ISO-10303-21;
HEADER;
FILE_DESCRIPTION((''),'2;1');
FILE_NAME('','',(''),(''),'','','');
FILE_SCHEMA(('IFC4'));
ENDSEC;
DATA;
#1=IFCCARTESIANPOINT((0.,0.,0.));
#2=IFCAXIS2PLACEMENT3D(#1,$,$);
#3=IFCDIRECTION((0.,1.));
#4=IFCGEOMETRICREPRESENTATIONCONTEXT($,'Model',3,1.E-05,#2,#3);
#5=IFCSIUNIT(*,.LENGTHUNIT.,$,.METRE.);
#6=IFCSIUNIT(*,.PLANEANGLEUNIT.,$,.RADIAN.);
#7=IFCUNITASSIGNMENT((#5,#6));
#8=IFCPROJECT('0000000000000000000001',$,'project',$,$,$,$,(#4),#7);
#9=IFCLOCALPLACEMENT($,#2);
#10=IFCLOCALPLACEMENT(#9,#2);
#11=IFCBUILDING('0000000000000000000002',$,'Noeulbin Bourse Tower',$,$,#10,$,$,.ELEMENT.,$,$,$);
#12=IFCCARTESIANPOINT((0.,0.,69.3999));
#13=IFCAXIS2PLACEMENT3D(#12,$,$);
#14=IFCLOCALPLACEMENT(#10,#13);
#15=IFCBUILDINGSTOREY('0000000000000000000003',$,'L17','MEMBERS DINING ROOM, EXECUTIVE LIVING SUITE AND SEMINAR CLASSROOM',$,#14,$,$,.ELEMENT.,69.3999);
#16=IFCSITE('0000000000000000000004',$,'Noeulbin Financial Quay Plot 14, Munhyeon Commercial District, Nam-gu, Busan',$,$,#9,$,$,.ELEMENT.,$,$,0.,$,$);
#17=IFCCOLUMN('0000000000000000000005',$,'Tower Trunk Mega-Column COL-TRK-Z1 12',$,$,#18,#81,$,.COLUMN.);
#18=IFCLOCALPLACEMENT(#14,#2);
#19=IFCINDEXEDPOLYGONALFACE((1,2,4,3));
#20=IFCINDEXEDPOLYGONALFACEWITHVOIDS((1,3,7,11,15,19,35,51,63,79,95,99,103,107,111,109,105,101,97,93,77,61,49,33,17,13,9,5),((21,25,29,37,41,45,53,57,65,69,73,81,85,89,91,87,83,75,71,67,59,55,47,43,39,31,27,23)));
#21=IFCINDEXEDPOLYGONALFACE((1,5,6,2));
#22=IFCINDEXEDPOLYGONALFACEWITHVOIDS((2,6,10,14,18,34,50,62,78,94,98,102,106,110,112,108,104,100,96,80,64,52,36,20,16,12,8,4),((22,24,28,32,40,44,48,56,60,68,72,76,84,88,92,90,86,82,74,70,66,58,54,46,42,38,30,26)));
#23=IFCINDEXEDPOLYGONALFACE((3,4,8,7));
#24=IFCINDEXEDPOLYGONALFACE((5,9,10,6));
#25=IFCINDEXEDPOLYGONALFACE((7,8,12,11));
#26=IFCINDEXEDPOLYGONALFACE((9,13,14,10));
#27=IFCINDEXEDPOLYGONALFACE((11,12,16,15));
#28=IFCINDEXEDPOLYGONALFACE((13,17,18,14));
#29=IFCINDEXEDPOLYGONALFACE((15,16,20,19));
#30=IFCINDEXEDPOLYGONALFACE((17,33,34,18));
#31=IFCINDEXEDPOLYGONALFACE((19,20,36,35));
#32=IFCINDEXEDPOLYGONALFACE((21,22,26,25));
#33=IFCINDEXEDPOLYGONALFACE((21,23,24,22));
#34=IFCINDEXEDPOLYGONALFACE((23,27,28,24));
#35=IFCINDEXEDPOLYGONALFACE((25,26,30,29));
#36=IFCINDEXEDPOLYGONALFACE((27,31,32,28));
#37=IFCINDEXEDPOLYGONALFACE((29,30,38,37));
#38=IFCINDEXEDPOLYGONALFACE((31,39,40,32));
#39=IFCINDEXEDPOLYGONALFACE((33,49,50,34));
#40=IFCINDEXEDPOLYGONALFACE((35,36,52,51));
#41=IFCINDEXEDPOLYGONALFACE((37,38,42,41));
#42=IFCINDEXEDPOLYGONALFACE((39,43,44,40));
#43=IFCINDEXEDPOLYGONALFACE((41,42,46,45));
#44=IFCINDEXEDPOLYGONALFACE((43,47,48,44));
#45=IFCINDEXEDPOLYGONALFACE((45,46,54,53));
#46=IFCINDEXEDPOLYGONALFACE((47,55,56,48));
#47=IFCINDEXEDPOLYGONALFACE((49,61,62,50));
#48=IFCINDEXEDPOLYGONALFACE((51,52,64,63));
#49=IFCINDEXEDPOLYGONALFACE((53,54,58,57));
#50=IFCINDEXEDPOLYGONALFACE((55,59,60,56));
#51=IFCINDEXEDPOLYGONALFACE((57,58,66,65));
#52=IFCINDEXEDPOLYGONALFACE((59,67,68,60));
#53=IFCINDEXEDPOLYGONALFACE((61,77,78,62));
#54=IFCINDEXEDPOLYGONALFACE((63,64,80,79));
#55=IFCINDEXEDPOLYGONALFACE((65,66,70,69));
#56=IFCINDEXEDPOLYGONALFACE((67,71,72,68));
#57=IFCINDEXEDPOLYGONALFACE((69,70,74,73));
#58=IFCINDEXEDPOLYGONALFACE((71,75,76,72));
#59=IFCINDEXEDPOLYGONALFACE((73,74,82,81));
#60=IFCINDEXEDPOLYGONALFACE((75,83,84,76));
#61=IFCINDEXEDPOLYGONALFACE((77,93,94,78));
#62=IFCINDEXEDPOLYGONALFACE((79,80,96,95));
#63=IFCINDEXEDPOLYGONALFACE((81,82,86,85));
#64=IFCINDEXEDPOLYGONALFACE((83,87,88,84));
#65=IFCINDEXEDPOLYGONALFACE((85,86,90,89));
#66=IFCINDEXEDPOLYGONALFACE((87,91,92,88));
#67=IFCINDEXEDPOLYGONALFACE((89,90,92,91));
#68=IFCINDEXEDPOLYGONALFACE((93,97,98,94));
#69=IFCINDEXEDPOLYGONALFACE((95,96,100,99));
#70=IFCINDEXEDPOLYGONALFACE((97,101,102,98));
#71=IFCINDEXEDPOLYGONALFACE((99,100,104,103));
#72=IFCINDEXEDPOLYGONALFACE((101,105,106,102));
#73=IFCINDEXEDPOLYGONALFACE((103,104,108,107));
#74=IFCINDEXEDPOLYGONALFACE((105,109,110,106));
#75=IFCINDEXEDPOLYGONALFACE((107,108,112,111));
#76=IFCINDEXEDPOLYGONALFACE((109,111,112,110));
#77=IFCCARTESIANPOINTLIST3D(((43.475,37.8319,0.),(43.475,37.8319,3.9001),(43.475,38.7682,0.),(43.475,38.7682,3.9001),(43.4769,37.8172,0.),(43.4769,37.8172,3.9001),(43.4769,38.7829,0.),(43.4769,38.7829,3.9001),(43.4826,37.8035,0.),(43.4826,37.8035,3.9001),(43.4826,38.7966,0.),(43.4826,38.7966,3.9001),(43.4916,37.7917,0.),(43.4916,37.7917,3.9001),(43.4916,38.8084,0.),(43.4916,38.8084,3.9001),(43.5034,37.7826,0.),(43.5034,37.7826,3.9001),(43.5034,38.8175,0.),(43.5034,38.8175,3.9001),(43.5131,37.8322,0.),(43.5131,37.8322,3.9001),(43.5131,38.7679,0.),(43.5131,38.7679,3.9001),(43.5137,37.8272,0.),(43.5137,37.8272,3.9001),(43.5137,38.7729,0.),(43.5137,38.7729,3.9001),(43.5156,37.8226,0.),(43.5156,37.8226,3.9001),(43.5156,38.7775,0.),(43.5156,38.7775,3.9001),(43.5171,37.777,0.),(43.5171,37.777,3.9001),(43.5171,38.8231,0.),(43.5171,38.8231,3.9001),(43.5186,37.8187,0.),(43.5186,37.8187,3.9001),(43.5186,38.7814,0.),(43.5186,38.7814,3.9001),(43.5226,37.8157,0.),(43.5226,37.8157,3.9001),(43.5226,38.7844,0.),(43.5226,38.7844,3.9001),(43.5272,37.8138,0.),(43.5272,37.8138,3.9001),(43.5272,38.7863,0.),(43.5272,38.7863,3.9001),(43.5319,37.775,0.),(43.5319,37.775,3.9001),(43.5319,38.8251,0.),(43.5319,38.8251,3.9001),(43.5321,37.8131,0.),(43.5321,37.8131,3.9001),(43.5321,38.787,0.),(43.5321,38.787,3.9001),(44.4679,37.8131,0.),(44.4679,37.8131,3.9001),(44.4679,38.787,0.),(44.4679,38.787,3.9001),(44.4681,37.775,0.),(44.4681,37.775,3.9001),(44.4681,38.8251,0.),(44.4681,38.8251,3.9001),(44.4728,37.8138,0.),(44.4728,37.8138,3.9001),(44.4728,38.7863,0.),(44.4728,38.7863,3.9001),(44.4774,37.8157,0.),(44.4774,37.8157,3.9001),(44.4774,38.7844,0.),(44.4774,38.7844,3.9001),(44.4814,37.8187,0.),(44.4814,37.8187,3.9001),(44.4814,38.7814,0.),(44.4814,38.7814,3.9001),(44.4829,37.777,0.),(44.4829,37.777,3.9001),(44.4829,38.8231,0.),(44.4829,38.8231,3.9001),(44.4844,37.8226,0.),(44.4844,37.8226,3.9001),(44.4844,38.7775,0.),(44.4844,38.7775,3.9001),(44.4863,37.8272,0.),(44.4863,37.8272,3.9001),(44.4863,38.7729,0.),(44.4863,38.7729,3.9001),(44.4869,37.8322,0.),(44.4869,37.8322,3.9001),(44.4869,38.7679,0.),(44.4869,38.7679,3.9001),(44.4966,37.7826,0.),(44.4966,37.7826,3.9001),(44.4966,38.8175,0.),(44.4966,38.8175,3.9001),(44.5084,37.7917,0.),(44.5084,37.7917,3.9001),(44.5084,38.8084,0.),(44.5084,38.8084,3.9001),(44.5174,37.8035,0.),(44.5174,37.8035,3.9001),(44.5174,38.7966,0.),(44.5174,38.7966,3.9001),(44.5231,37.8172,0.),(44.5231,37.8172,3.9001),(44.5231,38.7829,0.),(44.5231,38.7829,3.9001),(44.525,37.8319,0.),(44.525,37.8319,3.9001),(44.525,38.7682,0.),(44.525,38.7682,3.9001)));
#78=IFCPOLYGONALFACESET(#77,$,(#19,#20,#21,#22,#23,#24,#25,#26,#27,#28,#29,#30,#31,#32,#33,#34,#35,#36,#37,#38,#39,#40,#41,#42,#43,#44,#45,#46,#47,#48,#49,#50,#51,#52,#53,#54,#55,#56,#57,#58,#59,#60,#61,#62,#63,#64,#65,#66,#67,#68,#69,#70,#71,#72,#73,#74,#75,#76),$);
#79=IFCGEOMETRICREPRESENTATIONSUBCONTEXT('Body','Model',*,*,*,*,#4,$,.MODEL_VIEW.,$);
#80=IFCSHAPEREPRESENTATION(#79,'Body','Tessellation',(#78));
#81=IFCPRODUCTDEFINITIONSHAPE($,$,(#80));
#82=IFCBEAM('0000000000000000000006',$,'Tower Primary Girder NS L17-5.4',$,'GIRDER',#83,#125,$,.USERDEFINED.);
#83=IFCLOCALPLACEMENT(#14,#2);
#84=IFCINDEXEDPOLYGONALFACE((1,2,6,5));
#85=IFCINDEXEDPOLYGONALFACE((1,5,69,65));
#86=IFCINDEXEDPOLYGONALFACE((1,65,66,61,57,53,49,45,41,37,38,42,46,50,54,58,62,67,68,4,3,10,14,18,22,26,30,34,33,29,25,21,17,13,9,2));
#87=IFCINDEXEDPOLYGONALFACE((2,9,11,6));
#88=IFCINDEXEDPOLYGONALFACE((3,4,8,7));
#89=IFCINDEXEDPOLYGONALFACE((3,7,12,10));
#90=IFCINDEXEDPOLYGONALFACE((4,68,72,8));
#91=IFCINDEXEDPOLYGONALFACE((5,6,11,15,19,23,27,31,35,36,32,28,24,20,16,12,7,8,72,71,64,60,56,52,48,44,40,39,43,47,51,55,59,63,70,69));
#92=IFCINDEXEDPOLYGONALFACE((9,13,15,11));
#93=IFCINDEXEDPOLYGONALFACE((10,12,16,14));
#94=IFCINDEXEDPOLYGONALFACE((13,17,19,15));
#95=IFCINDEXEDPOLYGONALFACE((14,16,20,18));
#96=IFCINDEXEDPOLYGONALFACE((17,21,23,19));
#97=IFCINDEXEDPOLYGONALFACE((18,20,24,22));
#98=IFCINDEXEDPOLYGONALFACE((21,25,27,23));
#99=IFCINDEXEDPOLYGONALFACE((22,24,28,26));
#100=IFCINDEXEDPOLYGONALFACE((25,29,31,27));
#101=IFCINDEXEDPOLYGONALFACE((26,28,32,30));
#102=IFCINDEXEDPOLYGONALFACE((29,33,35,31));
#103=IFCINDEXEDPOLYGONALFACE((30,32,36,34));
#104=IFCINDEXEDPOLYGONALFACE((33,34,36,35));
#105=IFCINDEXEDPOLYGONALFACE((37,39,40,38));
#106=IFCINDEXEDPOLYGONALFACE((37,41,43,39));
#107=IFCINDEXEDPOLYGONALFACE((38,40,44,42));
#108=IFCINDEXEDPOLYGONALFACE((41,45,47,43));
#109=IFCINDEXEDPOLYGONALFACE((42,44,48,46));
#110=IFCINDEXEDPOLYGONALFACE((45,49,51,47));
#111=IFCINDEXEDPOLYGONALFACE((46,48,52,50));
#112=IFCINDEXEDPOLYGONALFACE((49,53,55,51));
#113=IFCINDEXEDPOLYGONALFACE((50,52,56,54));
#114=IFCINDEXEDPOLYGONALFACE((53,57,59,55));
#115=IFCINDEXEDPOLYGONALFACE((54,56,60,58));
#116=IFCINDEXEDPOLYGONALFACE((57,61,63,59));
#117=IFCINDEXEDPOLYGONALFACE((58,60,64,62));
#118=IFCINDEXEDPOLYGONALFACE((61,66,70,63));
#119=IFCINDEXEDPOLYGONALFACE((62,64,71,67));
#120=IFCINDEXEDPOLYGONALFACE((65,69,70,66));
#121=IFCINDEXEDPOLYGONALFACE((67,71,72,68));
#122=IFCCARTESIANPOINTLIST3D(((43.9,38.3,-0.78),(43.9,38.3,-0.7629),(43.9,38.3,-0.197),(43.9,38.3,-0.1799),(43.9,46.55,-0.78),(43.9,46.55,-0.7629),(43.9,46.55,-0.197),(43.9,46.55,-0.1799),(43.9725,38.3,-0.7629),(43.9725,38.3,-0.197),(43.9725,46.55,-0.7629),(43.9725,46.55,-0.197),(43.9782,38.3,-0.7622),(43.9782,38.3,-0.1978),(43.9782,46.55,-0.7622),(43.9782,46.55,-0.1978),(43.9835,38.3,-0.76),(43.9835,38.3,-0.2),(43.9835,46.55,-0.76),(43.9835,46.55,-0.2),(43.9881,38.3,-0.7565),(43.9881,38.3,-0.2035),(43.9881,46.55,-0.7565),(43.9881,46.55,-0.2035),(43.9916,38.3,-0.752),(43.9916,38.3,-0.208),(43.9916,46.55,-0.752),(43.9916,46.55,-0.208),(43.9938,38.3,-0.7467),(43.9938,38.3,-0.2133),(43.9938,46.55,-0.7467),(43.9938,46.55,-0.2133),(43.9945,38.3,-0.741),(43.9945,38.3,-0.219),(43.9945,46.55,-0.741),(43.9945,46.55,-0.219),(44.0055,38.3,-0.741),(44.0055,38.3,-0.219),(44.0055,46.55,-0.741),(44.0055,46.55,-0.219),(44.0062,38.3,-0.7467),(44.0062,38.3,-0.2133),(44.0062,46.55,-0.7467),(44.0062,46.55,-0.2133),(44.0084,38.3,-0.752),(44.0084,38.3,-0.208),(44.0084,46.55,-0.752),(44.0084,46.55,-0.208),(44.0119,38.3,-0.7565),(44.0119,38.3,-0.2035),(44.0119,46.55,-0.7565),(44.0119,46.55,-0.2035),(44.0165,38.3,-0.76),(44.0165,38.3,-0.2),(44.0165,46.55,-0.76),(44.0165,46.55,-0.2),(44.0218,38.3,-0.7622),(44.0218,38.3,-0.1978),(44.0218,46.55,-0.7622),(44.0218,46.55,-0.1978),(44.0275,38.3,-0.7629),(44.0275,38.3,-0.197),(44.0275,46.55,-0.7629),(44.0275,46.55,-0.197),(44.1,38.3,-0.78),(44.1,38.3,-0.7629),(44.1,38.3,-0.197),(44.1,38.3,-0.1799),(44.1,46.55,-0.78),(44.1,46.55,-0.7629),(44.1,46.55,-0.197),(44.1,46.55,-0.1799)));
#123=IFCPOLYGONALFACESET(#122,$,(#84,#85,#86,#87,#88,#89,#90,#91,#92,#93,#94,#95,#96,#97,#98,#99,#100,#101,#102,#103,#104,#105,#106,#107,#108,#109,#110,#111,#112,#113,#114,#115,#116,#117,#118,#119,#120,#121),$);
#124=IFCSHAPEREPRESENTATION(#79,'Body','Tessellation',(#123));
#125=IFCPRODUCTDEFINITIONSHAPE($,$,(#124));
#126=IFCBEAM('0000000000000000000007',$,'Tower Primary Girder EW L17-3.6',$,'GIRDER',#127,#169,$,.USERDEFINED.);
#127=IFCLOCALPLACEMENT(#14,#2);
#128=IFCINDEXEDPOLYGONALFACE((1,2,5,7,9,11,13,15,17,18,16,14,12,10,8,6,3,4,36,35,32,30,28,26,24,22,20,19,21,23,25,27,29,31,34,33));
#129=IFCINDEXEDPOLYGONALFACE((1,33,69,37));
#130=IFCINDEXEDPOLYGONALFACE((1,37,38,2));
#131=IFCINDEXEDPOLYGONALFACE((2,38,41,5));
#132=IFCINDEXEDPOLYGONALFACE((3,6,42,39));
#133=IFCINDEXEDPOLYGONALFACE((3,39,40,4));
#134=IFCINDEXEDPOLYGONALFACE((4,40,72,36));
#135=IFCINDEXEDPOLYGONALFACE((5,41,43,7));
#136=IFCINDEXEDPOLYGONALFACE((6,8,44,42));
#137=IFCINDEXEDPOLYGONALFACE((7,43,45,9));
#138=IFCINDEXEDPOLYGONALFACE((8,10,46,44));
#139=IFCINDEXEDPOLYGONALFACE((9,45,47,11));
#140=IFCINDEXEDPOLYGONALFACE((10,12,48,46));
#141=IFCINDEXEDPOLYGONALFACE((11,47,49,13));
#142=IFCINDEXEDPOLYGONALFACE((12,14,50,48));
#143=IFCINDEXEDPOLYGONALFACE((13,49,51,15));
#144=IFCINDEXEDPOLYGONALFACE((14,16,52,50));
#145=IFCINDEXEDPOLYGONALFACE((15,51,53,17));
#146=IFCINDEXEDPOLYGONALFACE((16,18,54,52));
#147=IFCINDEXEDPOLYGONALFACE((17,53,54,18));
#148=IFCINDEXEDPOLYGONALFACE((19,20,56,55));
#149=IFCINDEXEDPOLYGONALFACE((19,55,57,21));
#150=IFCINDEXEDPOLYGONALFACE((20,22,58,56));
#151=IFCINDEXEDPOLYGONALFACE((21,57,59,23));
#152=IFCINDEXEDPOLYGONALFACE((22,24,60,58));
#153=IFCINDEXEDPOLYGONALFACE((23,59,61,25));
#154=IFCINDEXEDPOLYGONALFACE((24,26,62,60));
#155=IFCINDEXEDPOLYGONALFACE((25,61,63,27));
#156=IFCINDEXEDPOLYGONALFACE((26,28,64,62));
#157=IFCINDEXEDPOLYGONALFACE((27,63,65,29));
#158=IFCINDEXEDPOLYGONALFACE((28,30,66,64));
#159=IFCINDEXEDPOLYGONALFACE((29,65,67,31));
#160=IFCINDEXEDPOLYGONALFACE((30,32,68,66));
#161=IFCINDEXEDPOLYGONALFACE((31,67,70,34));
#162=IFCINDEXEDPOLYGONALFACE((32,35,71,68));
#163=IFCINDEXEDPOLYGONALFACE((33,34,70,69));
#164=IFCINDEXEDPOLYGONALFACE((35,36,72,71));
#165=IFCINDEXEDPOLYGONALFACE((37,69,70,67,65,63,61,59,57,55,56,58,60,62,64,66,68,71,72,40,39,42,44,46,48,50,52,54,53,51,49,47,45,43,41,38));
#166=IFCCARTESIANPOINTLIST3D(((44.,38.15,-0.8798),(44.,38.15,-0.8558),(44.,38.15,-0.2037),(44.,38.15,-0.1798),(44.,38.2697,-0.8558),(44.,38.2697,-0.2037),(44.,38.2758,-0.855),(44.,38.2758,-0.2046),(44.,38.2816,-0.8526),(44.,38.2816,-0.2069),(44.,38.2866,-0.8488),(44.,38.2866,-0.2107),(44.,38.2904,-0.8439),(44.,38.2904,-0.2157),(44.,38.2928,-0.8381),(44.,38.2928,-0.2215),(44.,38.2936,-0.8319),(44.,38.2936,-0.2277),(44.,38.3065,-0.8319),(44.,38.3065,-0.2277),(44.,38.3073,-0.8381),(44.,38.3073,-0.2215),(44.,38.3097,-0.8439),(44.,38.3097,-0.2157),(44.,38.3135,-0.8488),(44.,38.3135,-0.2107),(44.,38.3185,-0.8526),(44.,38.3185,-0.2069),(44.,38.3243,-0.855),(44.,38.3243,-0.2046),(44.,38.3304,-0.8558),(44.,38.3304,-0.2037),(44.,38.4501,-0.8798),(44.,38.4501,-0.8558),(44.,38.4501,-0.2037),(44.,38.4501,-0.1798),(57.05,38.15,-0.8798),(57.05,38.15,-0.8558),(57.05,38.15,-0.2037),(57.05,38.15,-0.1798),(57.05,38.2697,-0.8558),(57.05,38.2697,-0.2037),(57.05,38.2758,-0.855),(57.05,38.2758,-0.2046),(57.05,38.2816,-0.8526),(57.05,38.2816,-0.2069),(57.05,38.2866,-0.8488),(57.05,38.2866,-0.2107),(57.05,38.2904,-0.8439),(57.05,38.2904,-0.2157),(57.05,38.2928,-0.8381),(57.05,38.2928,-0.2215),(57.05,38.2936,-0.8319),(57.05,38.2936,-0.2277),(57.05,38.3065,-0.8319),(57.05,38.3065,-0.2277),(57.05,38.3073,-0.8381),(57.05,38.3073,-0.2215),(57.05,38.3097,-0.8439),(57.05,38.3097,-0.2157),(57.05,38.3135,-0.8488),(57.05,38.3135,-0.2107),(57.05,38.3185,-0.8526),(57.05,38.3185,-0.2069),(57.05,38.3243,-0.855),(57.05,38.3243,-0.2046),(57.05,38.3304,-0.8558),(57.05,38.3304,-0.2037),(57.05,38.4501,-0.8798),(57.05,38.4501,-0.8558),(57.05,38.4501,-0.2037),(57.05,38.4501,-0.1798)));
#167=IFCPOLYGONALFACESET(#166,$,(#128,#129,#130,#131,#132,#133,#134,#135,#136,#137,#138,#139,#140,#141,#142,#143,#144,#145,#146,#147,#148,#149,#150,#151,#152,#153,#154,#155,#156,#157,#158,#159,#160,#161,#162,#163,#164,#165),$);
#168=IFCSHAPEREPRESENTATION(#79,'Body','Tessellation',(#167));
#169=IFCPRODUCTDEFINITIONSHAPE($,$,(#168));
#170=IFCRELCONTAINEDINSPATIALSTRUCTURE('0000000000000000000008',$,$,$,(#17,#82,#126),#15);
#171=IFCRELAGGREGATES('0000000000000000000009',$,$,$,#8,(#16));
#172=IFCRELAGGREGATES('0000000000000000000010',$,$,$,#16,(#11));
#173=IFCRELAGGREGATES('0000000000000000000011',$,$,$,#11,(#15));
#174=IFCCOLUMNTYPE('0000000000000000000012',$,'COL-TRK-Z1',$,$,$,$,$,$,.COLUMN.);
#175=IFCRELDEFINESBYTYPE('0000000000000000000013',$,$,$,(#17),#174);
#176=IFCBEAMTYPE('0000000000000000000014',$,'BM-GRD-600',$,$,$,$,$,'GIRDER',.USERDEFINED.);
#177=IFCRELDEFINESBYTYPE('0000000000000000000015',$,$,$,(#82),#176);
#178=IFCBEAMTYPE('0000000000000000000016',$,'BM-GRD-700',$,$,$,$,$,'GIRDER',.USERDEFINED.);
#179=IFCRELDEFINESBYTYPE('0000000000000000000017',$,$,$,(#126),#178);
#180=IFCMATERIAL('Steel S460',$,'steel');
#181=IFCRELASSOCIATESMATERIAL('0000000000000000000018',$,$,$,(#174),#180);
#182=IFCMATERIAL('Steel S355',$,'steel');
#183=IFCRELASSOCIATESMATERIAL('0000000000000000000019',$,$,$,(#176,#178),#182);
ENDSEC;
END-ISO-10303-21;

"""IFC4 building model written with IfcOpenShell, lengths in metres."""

from ifc_helpers import new_model, si_unit, direction, frame, origin, origin_2d, place, context, subcontext, project, spatial, hollow_rectangle, i_section, extrude, material, material_profile, profile_set, type_object, element, save


model = new_model("IFC4")

# Units and contexts
model_context = context("Model", 3, precision=1e-05, world=origin(), true_north=direction((0.0, 1.0)))
body_context = subcontext(model_context, "Body", "Model", "MODEL_VIEW")
ifc_project = project(units=[si_unit("LENGTHUNIT", "METRE"), si_unit("PLANEANGLEUNIT", "RADIAN")], contexts=[model_context])

# Site, building, storey
site_placement = place(None, origin())
site = spatial("IfcSite", under=ifc_project, at=site_placement, Name="Noeulbin Financial Quay Plot 14, Munhyeon Commercial District, Nam-gu, Busan", CompositionType="ELEMENT", RefElevation=0.0)
building_placement = place(site_placement, origin())
building = spatial("IfcBuilding", under=site, at=building_placement, Name="Noeulbin Bourse Tower", CompositionType="ELEMENT")
storey_placement = place(building_placement, frame((0.0, 0.0, 69.3999)))
storey = spatial("IfcBuildingStorey", under=building, at=storey_placement, Name="L17", Description="MEMBERS DINING ROOM, EXECUTIVE LIVING SUITE AND SEMINAR CLASSROOM", CompositionType="ELEMENT", Elevation=69.3999)

# Column
ifc_material_1 = material(Name="Steel S460", Category="steel")
ifc_material_profile_1 = material_profile(ifc_material_1, hollow_rectangle(XDim=1.05, YDim=1.05, WallThickness=0.0381, InnerFilletRadius=0.019, OuterFilletRadius=0.0569, at=origin_2d()), Name="BOX-1050x1050x38", Category="LoadBearing")
ifc_profile_set_1 = profile_set([ifc_material_profile_1], Name="Steel S460")
column_type_1 = type_object("IfcColumnType", Name="COL-TRK-Z1", PredefinedType="COLUMN", material=ifc_profile_set_1)
column_placement = place(storey_placement, frame((44.0, 38.3, 0.0), z_axis=(0.0, 0.0, 1.0), x_axis=(1.0, 0.0, 0.0)))
element("IfcColumn", 1, at=column_placement, inside=storey, type_object=column_type_1, Name="Tower Trunk Mega-Column COL-TRK-Z1 12", PredefinedType="COLUMN", context=body_context, shape_type="SweptSolid", body=[
    extrude(hollow_rectangle(XDim=1.05, YDim=1.05, WallThickness=0.0381, InnerFilletRadius=0.019, OuterFilletRadius=0.0569, at=origin_2d()), origin(), (0.0, 0.0, 1.0), 3.9001),
])

# Beams
ifc_material_2 = material(Name="Steel S355", Category="steel")
ifc_material_profile_2 = material_profile(ifc_material_2, i_section(OverallWidth=0.2, OverallDepth=0.6001, WebThickness=0.011, FlangeThickness=0.0171, FilletRadius=0.022, at=origin_2d()), Name="H-600x200x11x17", Category="LoadBearing")
ifc_profile_set_2 = profile_set([ifc_material_profile_2], Name="Steel S355")
beam_type_1 = type_object("IfcBeamType", Name="BM-GRD-600", ElementType="GIRDER", PredefinedType="USERDEFINED", material=ifc_profile_set_2)
beam_1_placement = place(storey_placement, frame((44.0, 38.3, -0.48), z_axis=(0.0, 1.0, 0.0), x_axis=(-1.0, 0.0, 0.0)))
element("IfcBeam", 2, at=beam_1_placement, inside=storey, type_object=beam_type_1, Name="Tower Primary Girder NS L17-5.4", ObjectType="GIRDER", PredefinedType="USERDEFINED", context=body_context, shape_type="SweptSolid", body=[
    extrude(i_section(OverallWidth=0.2, OverallDepth=0.6001, WebThickness=0.011, FlangeThickness=0.0171, FilletRadius=0.022, at=origin_2d()), origin(), (0.0, 0.0, 1.0), 8.25),
])
ifc_material_profile_3 = material_profile(ifc_material_2, i_section(OverallWidth=0.3, OverallDepth=0.7, WebThickness=0.0129, FlangeThickness=0.0239, FilletRadius=0.0239, at=origin_2d()), Name="H-700x300x13x24", Category="LoadBearing")
ifc_profile_set_3 = profile_set([ifc_material_profile_3], Name="Steel S355")
beam_type_2 = type_object("IfcBeamType", Name="BM-GRD-700", ElementType="GIRDER", PredefinedType="USERDEFINED", material=ifc_profile_set_3)
beam_2_placement = place(storey_placement, frame((44.0, 38.3, -0.5298), z_axis=(1.0, 0.0, 0.0), x_axis=(0.0, 1.0, 0.0)))
element("IfcBeam", 3, at=beam_2_placement, inside=storey, type_object=beam_type_2, Name="Tower Primary Girder EW L17-3.6", ObjectType="GIRDER", PredefinedType="USERDEFINED", context=body_context, shape_type="SweptSolid", body=[
    extrude(i_section(OverallWidth=0.3, OverallDepth=0.7, WebThickness=0.0129, FlangeThickness=0.0239, FilletRadius=0.0239, at=origin_2d()), origin(), (0.0, 0.0, 1.0), 13.05),
])

save(model, "model.ifc")
